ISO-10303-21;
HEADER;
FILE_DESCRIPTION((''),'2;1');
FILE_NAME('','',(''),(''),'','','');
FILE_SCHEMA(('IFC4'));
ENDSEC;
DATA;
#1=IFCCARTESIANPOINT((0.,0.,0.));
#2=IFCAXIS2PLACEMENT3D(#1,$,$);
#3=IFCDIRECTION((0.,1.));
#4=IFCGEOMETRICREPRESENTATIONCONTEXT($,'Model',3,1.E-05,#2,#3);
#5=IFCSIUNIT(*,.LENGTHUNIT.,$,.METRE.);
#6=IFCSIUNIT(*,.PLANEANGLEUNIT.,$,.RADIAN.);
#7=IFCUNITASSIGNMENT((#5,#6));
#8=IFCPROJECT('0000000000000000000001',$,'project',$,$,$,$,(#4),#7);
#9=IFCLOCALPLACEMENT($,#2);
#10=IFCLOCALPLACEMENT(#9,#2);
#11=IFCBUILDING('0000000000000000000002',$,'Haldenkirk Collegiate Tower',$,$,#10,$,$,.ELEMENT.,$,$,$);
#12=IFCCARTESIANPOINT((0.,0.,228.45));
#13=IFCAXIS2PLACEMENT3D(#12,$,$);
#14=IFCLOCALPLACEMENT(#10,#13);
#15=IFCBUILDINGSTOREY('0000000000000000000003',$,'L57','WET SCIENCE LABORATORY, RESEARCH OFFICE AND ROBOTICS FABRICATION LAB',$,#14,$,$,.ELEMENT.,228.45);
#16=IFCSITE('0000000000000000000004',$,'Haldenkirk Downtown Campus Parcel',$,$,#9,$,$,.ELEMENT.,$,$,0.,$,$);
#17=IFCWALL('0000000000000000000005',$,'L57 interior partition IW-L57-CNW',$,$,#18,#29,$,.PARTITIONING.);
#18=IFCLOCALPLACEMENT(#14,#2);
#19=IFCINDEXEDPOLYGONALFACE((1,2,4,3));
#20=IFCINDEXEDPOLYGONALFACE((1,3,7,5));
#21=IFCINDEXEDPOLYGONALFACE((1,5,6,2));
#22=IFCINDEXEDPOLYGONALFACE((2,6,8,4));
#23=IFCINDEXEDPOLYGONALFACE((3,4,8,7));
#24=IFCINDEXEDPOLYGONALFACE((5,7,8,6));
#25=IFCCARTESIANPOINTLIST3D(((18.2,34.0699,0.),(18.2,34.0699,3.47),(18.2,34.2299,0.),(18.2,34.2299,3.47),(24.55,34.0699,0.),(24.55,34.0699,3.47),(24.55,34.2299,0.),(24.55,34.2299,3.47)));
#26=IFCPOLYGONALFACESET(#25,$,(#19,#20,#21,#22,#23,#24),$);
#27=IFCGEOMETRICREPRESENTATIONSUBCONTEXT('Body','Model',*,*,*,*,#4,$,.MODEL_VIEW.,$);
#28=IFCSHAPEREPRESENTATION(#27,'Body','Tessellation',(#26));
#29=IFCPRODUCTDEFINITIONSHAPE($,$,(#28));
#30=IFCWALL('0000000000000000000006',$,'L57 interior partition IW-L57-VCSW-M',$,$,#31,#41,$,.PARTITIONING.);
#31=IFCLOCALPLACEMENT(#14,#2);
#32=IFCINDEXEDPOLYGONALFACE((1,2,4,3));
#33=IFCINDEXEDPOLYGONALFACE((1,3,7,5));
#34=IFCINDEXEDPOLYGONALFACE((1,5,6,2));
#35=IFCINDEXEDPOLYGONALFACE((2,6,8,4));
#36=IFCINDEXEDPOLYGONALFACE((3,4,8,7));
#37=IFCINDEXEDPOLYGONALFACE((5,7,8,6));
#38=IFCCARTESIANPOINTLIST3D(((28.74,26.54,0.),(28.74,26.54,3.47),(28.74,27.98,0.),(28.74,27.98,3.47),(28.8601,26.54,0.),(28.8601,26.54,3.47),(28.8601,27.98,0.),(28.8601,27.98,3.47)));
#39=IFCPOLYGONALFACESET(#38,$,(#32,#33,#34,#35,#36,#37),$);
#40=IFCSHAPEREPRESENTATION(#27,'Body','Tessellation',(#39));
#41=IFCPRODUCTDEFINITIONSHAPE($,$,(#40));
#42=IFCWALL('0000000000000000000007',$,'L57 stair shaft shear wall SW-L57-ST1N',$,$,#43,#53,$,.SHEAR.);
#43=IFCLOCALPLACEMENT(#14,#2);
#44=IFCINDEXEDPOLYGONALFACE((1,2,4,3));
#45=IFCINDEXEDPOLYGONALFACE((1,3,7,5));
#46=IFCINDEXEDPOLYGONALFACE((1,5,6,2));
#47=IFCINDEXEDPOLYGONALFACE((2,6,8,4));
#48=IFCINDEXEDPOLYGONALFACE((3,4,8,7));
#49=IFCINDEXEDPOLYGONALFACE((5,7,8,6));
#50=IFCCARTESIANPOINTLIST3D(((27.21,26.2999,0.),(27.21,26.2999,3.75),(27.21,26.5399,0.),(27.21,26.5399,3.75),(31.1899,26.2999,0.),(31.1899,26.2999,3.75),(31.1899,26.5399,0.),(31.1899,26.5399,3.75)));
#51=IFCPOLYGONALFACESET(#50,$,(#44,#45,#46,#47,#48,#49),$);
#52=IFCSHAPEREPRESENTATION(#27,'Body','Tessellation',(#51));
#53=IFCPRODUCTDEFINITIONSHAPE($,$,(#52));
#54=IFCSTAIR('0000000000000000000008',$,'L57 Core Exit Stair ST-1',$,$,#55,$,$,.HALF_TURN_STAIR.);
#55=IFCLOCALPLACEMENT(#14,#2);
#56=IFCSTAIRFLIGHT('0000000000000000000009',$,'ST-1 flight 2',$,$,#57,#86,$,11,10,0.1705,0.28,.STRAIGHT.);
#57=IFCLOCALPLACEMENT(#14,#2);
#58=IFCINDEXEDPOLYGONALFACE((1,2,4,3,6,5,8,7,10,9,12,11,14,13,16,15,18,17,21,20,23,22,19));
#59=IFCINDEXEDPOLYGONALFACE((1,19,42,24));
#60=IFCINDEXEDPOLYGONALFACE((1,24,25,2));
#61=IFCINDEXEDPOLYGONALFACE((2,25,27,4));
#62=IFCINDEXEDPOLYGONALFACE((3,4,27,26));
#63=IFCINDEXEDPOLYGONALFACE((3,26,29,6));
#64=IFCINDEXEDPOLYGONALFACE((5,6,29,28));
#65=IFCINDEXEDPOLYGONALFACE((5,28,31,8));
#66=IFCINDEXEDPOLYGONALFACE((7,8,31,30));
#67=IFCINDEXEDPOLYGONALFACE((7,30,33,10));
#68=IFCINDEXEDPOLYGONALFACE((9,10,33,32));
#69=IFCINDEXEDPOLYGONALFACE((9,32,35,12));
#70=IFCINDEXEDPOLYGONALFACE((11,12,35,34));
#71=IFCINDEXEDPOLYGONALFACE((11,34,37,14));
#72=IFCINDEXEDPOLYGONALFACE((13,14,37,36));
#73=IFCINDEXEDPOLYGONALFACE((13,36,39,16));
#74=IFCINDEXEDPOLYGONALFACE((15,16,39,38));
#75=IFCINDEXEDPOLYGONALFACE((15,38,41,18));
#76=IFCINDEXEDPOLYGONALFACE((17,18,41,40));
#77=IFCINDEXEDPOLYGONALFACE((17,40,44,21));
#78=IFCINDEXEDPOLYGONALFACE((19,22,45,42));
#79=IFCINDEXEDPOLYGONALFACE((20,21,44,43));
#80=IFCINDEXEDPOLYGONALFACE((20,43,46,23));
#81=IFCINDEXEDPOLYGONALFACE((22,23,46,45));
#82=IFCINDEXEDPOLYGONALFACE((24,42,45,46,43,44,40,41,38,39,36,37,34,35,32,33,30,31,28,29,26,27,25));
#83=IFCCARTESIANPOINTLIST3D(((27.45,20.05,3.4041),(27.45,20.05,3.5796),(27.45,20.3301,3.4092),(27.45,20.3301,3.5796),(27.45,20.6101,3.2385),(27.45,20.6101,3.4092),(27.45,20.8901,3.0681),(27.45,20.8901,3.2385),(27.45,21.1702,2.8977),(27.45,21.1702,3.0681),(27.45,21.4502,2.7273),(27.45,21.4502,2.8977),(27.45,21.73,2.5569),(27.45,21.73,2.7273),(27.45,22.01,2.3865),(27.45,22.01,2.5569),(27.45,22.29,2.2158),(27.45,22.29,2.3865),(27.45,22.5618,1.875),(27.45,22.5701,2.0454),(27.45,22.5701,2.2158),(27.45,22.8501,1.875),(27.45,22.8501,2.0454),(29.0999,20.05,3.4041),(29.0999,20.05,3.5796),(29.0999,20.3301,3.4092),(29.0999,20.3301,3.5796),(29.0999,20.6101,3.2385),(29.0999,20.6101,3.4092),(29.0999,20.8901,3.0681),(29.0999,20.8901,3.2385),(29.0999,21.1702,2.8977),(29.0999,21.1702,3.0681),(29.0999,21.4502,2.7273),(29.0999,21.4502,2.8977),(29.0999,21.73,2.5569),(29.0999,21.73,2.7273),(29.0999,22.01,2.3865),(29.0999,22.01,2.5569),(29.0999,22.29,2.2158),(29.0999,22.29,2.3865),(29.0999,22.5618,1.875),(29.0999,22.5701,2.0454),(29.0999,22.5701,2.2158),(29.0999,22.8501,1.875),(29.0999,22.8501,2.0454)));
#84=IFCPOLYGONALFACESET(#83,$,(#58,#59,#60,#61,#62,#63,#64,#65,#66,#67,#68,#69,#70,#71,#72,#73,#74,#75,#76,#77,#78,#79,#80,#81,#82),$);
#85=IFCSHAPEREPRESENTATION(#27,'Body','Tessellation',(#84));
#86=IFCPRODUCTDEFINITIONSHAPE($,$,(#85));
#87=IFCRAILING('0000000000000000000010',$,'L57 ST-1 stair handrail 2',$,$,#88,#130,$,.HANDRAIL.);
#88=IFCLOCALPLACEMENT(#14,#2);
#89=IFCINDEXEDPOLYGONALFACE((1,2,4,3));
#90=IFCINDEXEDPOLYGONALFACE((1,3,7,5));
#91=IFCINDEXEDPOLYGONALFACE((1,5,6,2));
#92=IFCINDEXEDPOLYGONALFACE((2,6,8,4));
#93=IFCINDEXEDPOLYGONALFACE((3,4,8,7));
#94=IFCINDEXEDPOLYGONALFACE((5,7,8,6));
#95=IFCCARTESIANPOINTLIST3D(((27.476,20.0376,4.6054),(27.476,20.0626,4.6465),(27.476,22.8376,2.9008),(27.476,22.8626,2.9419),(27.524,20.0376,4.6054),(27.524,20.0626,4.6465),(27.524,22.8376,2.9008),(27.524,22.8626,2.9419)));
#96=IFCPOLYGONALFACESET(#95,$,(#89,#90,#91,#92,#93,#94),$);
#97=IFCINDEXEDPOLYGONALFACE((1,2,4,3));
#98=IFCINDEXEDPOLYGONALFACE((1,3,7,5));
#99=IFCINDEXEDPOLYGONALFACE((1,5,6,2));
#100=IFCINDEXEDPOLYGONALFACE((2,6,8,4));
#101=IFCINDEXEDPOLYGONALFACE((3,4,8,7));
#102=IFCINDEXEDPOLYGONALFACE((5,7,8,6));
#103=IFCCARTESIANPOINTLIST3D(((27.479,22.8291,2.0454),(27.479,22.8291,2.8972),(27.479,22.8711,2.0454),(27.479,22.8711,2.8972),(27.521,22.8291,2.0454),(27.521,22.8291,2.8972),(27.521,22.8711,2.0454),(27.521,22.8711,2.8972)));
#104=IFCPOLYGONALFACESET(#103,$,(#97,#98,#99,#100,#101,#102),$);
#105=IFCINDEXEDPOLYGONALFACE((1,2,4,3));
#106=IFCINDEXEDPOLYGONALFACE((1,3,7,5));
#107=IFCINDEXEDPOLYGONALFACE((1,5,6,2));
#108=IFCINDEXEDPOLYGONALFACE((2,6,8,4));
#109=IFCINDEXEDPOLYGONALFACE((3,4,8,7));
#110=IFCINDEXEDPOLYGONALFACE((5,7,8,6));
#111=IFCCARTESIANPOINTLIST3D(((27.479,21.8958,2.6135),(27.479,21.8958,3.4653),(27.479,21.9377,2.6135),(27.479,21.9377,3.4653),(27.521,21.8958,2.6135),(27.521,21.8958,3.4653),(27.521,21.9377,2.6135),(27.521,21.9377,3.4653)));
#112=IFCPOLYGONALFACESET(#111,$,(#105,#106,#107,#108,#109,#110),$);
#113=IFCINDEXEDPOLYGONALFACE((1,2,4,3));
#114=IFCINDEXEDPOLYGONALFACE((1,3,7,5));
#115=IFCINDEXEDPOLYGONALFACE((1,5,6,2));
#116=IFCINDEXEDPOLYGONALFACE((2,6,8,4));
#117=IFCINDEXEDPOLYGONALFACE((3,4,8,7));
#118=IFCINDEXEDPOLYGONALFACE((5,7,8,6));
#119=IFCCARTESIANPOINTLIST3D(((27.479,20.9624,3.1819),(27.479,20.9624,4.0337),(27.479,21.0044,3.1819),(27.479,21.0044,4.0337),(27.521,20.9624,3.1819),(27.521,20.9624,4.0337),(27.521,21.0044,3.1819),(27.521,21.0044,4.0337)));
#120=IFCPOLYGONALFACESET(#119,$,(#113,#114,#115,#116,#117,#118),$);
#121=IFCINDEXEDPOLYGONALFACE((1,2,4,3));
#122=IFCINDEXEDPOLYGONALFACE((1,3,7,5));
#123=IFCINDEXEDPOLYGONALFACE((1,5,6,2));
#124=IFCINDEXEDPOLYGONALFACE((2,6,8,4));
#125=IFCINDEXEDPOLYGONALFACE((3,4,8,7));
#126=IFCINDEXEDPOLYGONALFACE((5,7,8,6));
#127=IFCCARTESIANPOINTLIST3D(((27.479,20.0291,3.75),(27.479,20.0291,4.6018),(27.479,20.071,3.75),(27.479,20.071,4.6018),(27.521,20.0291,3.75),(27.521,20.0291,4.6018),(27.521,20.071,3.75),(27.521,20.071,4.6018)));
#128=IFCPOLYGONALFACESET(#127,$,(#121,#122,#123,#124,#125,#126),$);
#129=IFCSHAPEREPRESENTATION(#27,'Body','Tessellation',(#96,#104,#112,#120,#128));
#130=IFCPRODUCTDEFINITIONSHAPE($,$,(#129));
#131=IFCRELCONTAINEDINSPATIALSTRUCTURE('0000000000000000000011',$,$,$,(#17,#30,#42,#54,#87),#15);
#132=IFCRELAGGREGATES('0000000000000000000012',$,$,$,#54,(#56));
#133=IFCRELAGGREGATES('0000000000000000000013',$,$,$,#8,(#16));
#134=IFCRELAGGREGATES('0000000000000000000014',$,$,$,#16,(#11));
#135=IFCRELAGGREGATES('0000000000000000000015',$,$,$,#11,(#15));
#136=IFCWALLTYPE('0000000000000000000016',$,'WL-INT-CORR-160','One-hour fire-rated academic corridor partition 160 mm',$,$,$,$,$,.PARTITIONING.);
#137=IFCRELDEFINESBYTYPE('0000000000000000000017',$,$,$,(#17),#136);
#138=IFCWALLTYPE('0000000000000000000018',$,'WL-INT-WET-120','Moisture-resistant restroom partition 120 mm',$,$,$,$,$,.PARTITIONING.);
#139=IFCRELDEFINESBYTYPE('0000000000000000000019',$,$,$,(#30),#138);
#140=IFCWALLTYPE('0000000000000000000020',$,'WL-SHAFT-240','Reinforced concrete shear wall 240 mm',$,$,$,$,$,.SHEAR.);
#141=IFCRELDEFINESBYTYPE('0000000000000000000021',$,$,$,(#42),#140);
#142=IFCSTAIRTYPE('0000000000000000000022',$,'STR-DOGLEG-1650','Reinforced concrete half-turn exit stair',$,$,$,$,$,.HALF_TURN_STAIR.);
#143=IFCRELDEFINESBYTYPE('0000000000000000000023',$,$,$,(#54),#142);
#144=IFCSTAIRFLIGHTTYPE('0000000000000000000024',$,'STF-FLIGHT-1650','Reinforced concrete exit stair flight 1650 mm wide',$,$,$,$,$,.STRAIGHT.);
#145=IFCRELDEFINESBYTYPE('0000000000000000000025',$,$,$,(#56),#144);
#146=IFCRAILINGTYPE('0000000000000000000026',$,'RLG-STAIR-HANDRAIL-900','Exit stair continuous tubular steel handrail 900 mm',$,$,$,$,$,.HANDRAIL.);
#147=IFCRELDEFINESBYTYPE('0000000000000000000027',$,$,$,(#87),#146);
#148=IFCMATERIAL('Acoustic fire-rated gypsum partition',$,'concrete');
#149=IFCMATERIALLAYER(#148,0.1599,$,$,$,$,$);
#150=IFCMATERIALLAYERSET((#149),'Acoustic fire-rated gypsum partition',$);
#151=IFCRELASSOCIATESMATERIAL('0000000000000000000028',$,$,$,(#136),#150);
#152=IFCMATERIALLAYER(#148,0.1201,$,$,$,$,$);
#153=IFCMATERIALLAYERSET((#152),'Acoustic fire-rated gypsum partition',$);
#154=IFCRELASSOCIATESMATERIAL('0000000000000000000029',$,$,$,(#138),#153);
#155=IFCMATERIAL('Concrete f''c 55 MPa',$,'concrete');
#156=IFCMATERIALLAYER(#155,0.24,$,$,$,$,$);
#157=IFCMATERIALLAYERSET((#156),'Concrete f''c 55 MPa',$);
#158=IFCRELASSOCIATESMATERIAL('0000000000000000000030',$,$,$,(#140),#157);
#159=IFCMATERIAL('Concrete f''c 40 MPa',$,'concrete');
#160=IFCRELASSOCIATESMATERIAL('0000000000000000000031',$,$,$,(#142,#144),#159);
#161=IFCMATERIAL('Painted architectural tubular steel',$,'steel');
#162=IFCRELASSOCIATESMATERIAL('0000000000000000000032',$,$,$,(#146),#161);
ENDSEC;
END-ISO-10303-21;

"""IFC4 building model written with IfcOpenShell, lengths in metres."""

from ifc_helpers import new_model, si_unit, direction, frame, frame_2d, origin, origin_2d, place, context, subcontext, project, spatial, polyline, rectangle, outline, extrude, material, layer, layer_set, type_object, element, aggregate, save


model = new_model("IFC4")

# Units and contexts
model_context = context("Model", 3, precision=1e-05, world=origin(), true_north=direction((0.0, 1.0)))
body_context = subcontext(model_context, "Body", "Model", "MODEL_VIEW")
ifc_project = project(units=[si_unit("LENGTHUNIT", "METRE"), si_unit("PLANEANGLEUNIT", "RADIAN")], contexts=[model_context])

# Site, building, storey
site_placement = place(None, origin())
site = spatial("IfcSite", under=ifc_project, at=site_placement, Name="Haldenkirk Downtown Campus Parcel", CompositionType="ELEMENT", RefElevation=0.0)
building_placement = place(site_placement, origin())
building = spatial("IfcBuilding", under=site, at=building_placement, Name="Haldenkirk Collegiate Tower", CompositionType="ELEMENT")
storey_placement = place(building_placement, frame((0.0, 0.0, 228.45)))
storey = spatial("IfcBuildingStorey", under=building, at=storey_placement, Name="L57", Description="WET SCIENCE LABORATORY, RESEARCH OFFICE AND ROBOTICS FABRICATION LAB", CompositionType="ELEMENT", Elevation=228.45)

# Shared definitions
ifc_material_1 = material(Name="Concrete f'c 55 MPa", Category="concrete")
ifc_material_2 = material(Name="Acoustic fire-rated gypsum partition", Category="concrete")
ifc_layer_1 = layer(ifc_material_2, 0.1599)
ifc_layer_set_1 = layer_set([ifc_layer_1], Name="Acoustic fire-rated gypsum partition")
wall_type_1 = type_object("IfcWallType", Name="WL-INT-CORR-160", Description="One-hour fire-rated academic corridor partition 160 mm", PredefinedType="PARTITIONING", material=ifc_layer_set_1)

# Walls
wall_1_placement = place(storey_placement, frame((18.2, 34.1499, 0.0), z_axis=(0.0, 0.0, 1.0), x_axis=(1.0, 0.0, 0.0)))
element("IfcWall", 1, at=wall_1_placement, inside=storey, type_object=wall_type_1, Name="L57 interior partition IW-L57-CNW", PredefinedType="PARTITIONING", context=body_context, shape_type="SweptSolid", body=[
    extrude(rectangle(XDim=6.3501, YDim=0.1599, at=frame_2d((3.175, 0.0))), origin(), (0.0, 0.0, 1.0), 3.47),
])
ifc_layer_2 = layer(ifc_material_2, 0.1201)
ifc_layer_set_2 = layer_set([ifc_layer_2], Name="Acoustic fire-rated gypsum partition")
wall_type_2 = type_object("IfcWallType", Name="WL-INT-WET-120", Description="Moisture-resistant restroom partition 120 mm", PredefinedType="PARTITIONING", material=ifc_layer_set_2)
wall_2_placement = place(storey_placement, frame((28.8, 26.54, 0.0), z_axis=(0.0, 0.0, 1.0), x_axis=(0.0, 1.0, 0.0)))
element("IfcWall", 2, at=wall_2_placement, inside=storey, type_object=wall_type_2, Name="L57 interior partition IW-L57-VCSW-M", PredefinedType="PARTITIONING", context=body_context, shape_type="SweptSolid", body=[
    extrude(rectangle(XDim=1.4399, YDim=0.1201, at=frame_2d((0.72, 0.0))), origin(), (0.0, 0.0, 1.0), 3.47),
])
ifc_layer_3 = layer(ifc_material_1, 0.24)
ifc_layer_set_3 = layer_set([ifc_layer_3], Name="Concrete f'c 55 MPa")
wall_type_3 = type_object("IfcWallType", Name="WL-SHAFT-240", Description="Reinforced concrete shear wall 240 mm", PredefinedType="SHEAR", material=ifc_layer_set_3)
wall_3_placement = place(storey_placement, frame((27.21, 26.4199, 0.0), z_axis=(0.0, 0.0, 1.0), x_axis=(1.0, 0.0, 0.0)))
element("IfcWall", 3, at=wall_3_placement, inside=storey, type_object=wall_type_3, Name="L57 stair shaft shear wall SW-L57-ST1N", PredefinedType="SHEAR", context=body_context, shape_type="SweptSolid", body=[
    extrude(rectangle(XDim=3.98, YDim=0.24, at=frame_2d((1.99, 0.0))), origin(), (0.0, 0.0, 1.0), 3.75),
])

# Stair, stair flight
ifc_material_3 = material(Name="Concrete f'c 40 MPa", Category="concrete")
stair_type = type_object("IfcStairType", Name="STR-DOGLEG-1650", Description="Reinforced concrete half-turn exit stair", PredefinedType="HALF_TURN_STAIR", material=ifc_material_3)
stair_placement = place(storey_placement, origin())
stair = element("IfcStair", 4, at=stair_placement, inside=storey, type_object=stair_type, Name="L57 Core Exit Stair ST-1", PredefinedType="HALF_TURN_STAIR")
stair_flight_type = type_object("IfcStairFlightType", Name="STF-FLIGHT-1650", Description="Reinforced concrete exit stair flight 1650 mm wide", PredefinedType="STRAIGHT", material=ifc_material_3)
stair_flight_placement = place(storey_placement, frame((28.2749, 22.8501, 1.875), z_axis=(0.0, 0.0, 1.0), x_axis=(0.0, -1.0, 0.0)))
stair_flight = element("IfcStairFlight", 5, at=stair_flight_placement, type_object=stair_flight_type, Name="ST-1 flight 2", NumberOfRisers=11, NumberOfTreads=10, PredefinedType="STRAIGHT", RiserHeight=0.1705, TreadLength=0.28, context=body_context, shape_type="SweptSolid", body=[
    extrude(outline(polyline([(0.0, 0.0), (0.0, 0.1704), (0.28, 0.1704), (0.28, 0.3408), (0.5601, 0.3408), (0.5601, 0.5115), (0.8401, 0.5115), (0.8401, 0.6819), (1.1201, 0.6819), (1.1201, 0.8523), (1.3999, 0.8523), (1.3999, 1.0227), (1.6799, 1.0227), (1.6799, 1.1931), (1.96, 1.1931), (1.96, 1.3635), (2.24, 1.3635), (2.24, 1.5342), (2.52, 1.5342), (2.52, 1.7046), (2.8, 1.7046), (2.8, 1.875), (2.8, 1.5291), (0.2883, 0.0), (0.0, 0.0)])), frame((0.0, 0.825, 0.0), z_axis=(0.0, -1.0, 0.0), x_axis=(1.0, 0.0, 0.0)), (0.0, 0.0, 1.0), 1.6499),
])
aggregate(stair, [stair_flight])

# Railing
ifc_material_4 = material(Name="Painted architectural tubular steel", Category="steel")
railing_type = type_object("IfcRailingType", Name="RLG-STAIR-HANDRAIL-900", Description="Exit stair continuous tubular steel handrail 900 mm", PredefinedType="HANDRAIL", material=ifc_material_4)
railing_placement = place(storey_placement, frame((27.5, 22.8501, 2.0454)))
element("IfcRailing", 6, at=railing_placement, inside=storey, type_object=railing_type, Name="L57 ST-1 stair handrail 2", PredefinedType="HANDRAIL", context=body_context, shape_type="SweptSolid", body=[
    extrude(rectangle(XDim=0.0481, YDim=0.0481, at=origin_2d()), frame((0.0, 0.0, 0.876), z_axis=(0.0, -0.85417, 0.519994), x_axis=(1.0, 0.0, 0.0)), (0.0, 0.0, 1.0), 3.2781),
    extrude(rectangle(XDim=0.042, YDim=0.042, at=origin_2d()), origin(), (0.0, 0.0, 1.0), 0.8518),
    extrude(rectangle(XDim=0.042, YDim=0.042, at=origin_2d()), frame((0.0, -0.9333, 0.5681)), (0.0, 0.0, 1.0), 0.8518),
    extrude(rectangle(XDim=0.042, YDim=0.042, at=origin_2d()), frame((0.0, -1.8667, 1.1365)), (0.0, 0.0, 1.0), 0.8518),
    extrude(rectangle(XDim=0.042, YDim=0.042, at=origin_2d()), frame((0.0, -2.8, 1.7046)), (0.0, 0.0, 1.0), 0.8518),
])

save(model, "model.ifc")
